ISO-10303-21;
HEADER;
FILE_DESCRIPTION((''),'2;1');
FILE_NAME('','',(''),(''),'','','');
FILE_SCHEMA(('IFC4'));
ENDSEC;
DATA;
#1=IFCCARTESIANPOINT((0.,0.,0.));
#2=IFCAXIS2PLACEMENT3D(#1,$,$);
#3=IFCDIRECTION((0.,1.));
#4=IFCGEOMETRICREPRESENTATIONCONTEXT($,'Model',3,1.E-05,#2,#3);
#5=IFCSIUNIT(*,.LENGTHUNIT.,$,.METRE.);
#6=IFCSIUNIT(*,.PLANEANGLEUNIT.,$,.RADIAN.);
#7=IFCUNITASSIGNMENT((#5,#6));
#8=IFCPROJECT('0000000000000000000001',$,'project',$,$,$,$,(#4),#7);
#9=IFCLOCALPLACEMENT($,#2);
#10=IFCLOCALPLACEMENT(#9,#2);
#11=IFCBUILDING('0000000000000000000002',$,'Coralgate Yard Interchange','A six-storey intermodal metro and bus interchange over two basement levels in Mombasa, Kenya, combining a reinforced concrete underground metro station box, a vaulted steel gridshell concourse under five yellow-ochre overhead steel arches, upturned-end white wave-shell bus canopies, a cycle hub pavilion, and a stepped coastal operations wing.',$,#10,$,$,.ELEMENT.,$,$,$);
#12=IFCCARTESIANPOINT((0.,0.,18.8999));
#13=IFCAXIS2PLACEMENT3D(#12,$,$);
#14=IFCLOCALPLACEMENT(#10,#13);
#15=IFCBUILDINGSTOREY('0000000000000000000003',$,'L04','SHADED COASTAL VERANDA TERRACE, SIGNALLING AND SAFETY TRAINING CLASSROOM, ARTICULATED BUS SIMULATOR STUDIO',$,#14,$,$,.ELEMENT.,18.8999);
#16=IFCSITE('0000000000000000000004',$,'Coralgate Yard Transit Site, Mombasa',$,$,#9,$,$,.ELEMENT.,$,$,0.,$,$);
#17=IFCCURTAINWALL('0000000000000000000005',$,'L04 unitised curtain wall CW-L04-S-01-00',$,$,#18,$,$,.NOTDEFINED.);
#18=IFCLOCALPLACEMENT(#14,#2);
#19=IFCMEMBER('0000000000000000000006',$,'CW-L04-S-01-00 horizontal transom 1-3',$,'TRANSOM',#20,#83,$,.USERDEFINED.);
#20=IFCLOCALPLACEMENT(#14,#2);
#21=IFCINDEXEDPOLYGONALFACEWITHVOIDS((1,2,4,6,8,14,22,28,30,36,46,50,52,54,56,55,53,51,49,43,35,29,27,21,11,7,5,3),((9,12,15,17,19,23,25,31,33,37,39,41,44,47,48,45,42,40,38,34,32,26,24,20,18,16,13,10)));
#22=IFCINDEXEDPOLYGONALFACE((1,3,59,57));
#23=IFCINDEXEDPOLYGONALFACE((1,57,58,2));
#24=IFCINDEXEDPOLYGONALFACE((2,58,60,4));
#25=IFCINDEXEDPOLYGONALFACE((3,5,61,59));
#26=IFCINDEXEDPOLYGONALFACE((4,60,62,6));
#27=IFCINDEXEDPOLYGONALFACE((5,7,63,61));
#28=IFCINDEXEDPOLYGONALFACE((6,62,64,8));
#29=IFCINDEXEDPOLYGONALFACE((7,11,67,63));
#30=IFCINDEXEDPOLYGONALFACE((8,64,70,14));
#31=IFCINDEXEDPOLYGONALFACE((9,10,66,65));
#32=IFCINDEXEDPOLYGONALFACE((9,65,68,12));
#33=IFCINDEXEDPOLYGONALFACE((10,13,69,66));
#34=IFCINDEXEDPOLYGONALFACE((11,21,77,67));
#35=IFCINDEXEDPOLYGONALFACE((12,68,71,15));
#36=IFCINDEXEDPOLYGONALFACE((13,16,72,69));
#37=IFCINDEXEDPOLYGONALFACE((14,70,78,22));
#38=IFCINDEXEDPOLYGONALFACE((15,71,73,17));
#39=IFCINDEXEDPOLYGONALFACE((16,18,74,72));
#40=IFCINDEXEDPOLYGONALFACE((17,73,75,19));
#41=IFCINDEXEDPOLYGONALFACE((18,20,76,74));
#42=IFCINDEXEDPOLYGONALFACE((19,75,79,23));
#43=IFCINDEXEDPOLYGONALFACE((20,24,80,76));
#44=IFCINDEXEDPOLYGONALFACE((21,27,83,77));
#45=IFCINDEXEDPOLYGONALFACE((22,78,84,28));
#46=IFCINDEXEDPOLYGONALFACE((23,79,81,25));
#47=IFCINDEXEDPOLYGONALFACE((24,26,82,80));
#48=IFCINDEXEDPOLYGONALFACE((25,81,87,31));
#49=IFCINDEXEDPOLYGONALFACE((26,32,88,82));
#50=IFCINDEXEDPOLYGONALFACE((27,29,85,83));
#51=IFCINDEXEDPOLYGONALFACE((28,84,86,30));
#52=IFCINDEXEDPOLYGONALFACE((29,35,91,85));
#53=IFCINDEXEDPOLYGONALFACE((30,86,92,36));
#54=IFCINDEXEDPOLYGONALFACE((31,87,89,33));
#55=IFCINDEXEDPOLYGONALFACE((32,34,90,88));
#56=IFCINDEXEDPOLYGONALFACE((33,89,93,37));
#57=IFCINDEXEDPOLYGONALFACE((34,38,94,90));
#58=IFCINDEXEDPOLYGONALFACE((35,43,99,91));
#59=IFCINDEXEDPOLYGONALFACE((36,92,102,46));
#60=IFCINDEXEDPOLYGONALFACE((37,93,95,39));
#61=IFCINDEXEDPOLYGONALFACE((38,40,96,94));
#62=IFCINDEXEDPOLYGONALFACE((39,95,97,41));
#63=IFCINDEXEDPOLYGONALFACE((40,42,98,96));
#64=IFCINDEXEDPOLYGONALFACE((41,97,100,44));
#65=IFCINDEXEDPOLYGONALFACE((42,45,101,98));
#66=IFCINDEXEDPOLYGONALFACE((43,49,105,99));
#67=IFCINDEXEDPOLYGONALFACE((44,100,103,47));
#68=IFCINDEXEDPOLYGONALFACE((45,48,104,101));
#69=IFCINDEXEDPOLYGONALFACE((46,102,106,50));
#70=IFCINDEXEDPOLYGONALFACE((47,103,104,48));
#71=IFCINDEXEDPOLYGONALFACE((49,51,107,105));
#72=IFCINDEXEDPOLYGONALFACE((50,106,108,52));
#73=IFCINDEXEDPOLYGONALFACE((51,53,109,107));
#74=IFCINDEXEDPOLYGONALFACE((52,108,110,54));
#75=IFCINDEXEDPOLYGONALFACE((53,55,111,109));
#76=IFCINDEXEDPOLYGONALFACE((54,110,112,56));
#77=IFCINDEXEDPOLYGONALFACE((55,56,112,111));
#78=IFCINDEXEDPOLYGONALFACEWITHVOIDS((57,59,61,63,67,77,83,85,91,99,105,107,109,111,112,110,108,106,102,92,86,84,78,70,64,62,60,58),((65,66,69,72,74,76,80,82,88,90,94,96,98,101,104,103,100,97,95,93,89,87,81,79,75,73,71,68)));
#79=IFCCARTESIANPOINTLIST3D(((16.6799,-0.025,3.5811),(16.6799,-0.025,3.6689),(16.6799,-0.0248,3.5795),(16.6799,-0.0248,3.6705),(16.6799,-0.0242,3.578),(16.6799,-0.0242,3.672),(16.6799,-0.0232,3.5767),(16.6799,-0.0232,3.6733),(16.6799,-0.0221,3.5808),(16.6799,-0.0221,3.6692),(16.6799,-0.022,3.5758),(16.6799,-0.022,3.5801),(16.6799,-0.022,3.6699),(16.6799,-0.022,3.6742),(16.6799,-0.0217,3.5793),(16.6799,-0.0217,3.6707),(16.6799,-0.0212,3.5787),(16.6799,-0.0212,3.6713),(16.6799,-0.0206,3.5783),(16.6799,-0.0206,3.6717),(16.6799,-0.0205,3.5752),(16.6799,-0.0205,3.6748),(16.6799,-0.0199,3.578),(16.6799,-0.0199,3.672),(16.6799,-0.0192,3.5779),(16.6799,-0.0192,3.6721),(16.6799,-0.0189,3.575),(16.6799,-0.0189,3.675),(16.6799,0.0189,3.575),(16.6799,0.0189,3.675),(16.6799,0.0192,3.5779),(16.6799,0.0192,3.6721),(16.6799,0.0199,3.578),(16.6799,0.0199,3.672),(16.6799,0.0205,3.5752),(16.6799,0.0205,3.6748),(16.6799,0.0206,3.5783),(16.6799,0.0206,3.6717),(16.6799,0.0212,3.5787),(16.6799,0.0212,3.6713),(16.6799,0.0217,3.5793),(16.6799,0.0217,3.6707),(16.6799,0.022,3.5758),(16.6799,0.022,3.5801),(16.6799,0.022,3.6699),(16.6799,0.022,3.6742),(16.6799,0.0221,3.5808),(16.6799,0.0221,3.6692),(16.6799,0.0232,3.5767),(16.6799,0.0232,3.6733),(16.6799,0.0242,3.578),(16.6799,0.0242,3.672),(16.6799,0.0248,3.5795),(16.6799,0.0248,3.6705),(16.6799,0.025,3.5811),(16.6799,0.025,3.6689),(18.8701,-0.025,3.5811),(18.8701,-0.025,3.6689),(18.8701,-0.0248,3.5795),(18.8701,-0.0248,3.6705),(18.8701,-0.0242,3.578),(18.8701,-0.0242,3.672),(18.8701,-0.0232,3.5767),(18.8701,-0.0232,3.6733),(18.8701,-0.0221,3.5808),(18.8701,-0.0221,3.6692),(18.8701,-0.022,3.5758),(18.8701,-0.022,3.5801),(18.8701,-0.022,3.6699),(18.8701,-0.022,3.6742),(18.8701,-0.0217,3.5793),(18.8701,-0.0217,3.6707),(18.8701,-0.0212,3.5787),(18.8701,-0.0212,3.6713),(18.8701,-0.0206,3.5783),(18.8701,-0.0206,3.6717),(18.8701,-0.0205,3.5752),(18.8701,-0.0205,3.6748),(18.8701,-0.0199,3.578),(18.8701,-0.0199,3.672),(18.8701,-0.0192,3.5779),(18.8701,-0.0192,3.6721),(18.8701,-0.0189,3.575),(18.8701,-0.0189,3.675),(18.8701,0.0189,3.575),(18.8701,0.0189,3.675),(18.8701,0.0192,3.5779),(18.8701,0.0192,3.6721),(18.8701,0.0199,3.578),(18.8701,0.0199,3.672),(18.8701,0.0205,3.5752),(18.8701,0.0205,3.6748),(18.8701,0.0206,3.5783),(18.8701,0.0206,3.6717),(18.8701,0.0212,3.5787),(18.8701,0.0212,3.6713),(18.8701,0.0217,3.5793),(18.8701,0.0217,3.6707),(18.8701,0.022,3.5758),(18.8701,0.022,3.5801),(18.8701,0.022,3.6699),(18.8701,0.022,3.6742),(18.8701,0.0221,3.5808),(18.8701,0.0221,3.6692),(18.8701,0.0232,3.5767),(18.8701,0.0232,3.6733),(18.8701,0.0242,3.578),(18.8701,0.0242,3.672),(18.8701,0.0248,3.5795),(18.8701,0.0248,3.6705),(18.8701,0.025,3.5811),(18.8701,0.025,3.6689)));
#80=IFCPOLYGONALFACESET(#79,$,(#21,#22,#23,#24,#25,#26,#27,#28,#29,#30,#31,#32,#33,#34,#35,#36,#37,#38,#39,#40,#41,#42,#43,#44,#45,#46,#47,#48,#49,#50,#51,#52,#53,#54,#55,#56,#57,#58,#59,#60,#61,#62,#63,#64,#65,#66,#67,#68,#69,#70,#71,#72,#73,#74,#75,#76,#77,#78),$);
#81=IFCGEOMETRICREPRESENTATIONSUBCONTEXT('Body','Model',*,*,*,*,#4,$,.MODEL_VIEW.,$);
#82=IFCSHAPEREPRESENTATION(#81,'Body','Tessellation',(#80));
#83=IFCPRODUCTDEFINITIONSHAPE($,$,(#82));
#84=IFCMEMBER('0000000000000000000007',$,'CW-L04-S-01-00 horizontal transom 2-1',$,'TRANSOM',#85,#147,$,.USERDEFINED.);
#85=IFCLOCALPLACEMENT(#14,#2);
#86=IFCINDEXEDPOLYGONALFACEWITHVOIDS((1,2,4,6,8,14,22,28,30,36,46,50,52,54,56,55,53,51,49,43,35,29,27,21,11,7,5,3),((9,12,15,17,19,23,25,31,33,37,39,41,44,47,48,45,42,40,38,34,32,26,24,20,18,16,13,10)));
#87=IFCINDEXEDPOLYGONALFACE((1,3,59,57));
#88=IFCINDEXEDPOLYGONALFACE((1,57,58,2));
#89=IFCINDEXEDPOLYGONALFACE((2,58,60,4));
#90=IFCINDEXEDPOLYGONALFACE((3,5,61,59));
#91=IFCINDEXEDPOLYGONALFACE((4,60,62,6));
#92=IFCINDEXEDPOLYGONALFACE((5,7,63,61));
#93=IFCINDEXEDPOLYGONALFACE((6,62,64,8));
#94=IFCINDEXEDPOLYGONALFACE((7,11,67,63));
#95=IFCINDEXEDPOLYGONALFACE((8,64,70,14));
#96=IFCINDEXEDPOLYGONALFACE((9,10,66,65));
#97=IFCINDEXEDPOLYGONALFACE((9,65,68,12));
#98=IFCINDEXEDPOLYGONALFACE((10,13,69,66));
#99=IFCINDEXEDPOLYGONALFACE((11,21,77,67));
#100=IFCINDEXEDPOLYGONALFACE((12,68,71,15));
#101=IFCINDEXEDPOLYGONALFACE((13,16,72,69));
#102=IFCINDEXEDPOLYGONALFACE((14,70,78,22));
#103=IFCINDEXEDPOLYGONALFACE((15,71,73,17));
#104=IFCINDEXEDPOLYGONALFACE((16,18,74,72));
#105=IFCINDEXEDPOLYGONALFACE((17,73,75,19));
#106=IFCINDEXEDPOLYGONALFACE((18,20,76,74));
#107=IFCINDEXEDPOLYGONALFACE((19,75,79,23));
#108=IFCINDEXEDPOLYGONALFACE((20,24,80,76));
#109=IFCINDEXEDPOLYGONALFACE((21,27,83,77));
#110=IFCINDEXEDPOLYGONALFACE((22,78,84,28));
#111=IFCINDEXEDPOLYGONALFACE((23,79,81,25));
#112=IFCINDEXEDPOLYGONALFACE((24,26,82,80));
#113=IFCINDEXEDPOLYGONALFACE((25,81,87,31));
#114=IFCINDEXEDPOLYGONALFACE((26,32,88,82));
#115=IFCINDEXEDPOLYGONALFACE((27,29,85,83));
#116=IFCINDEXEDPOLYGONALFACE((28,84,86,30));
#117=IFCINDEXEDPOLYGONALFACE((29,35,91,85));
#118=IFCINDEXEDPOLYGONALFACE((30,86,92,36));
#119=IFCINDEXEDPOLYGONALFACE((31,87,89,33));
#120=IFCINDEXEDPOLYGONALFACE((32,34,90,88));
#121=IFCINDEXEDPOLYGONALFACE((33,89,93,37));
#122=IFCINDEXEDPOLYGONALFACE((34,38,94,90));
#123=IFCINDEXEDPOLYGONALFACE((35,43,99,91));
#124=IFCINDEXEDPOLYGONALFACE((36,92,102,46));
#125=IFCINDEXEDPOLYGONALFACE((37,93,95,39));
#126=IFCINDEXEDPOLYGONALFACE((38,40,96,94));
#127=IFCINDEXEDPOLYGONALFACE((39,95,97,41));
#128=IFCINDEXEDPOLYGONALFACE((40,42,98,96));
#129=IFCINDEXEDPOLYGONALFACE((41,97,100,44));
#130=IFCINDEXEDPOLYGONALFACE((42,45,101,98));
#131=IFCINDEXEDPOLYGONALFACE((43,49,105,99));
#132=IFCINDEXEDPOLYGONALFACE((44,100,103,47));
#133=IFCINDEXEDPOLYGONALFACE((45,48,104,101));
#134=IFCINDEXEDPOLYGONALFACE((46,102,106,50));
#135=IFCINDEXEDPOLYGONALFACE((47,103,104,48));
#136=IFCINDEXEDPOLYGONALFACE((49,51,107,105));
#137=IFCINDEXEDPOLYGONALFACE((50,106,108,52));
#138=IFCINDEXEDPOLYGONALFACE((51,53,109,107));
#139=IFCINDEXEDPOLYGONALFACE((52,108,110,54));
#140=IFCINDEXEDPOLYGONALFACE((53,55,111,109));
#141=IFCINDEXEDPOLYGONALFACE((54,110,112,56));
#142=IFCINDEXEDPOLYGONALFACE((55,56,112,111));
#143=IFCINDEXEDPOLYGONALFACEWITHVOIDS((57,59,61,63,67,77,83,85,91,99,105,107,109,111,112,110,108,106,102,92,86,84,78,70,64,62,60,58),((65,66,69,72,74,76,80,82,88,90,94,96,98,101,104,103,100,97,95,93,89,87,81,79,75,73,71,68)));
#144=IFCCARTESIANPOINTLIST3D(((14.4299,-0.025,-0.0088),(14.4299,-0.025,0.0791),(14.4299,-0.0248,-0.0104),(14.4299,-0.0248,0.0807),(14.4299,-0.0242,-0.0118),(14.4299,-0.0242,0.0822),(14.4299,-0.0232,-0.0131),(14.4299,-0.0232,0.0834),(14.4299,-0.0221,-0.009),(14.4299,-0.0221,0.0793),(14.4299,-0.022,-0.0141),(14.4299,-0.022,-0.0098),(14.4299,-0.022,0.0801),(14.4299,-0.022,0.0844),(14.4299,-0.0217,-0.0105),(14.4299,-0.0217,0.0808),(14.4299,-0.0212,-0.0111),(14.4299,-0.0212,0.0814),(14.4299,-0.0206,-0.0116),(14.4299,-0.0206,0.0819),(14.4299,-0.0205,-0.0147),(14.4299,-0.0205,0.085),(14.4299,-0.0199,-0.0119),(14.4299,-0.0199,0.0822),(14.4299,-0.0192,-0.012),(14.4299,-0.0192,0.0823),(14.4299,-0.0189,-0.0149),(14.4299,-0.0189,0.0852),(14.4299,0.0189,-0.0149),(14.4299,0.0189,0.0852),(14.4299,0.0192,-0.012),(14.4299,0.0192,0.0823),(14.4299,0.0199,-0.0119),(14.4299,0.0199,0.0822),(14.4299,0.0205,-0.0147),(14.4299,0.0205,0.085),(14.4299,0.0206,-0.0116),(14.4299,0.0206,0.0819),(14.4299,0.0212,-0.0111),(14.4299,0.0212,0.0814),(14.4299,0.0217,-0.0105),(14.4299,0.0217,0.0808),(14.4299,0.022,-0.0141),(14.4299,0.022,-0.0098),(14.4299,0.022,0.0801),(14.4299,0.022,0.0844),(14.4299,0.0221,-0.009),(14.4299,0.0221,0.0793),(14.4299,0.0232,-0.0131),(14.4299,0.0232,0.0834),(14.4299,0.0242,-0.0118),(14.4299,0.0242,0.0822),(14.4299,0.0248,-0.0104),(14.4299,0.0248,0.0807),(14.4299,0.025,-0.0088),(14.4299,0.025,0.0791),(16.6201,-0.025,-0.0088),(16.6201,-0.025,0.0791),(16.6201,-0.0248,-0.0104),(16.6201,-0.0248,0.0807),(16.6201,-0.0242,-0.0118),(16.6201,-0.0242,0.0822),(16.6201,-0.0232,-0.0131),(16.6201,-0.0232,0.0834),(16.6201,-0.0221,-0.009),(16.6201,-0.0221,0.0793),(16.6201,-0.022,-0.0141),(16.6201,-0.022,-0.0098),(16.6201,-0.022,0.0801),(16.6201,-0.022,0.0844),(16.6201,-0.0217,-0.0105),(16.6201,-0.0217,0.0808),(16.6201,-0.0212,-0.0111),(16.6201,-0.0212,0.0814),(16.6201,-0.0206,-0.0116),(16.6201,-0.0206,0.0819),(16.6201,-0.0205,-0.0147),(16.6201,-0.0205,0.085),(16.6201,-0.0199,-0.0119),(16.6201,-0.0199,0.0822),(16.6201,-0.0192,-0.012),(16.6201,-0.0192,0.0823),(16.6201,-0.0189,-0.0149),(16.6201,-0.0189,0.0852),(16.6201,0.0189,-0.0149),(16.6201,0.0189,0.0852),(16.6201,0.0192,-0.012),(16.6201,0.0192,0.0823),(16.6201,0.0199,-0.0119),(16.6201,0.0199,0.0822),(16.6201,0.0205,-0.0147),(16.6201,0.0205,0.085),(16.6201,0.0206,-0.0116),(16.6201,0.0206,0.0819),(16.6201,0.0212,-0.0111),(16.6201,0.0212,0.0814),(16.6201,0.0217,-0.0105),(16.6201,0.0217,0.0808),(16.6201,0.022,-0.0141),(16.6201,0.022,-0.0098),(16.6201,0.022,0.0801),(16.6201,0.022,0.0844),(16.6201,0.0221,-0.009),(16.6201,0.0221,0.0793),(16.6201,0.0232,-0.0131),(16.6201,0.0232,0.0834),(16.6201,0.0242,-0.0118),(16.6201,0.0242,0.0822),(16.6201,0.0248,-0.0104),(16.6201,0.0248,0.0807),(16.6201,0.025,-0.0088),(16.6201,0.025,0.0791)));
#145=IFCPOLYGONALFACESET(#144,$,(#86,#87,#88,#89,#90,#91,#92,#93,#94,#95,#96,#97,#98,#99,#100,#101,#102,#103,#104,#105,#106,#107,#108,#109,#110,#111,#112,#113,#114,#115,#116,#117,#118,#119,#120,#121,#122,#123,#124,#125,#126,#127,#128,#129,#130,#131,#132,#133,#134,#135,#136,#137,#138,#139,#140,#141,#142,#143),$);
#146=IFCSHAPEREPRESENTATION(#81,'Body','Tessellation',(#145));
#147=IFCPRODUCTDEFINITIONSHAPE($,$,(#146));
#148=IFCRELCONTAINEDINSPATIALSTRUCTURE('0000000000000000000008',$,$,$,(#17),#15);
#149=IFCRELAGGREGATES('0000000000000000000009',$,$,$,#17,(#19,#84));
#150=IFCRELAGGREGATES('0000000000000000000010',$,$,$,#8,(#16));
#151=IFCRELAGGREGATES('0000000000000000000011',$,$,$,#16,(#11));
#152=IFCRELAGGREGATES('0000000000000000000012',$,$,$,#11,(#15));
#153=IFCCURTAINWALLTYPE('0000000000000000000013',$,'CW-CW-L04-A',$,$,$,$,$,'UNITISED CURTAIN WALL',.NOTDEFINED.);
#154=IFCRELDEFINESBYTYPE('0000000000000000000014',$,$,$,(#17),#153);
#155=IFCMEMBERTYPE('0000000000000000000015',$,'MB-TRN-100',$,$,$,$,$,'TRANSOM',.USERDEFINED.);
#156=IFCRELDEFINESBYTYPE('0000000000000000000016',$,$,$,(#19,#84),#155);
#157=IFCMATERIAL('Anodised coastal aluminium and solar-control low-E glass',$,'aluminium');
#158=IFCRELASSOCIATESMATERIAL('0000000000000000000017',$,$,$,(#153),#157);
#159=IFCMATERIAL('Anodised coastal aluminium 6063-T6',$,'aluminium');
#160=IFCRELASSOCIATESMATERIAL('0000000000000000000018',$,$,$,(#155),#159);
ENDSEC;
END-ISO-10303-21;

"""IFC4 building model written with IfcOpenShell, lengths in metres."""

from ifc_helpers import new_model, si_unit, direction, frame, origin, origin_2d, place, context, subcontext, project, spatial, hollow_rectangle, extrude, material, material_profile, profile_set, type_object, element, aggregate, save


model = new_model("IFC4")

# Units and contexts
model_context = context("Model", 3, precision=1e-05, world=origin(), true_north=direction((0.0, 1.0)))
body_context = subcontext(model_context, "Body", "Model", "MODEL_VIEW")
ifc_project = project(units=[si_unit("LENGTHUNIT", "METRE"), si_unit("PLANEANGLEUNIT", "RADIAN")], contexts=[model_context])

# Site, building, storey
site_placement = place(None, origin())
site = spatial("IfcSite", under=ifc_project, at=site_placement, Name="Coralgate Yard Transit Site, Mombasa", CompositionType="ELEMENT", RefElevation=0.0)
building_placement = place(site_placement, origin())
building = spatial("IfcBuilding", under=site, at=building_placement, Name="Coralgate Yard Interchange", Description="A six-storey intermodal metro and bus interchange over two basement levels in Mombasa, Kenya, combining a reinforced concrete underground metro station box, a vaulted steel gridshell concourse under five yellow-ochre overhead steel arches, upturned-end white wave-shell bus canopies, a cycle hub pavilion, and a stepped coastal operations wing.", CompositionType="ELEMENT")
storey_placement = place(building_placement, frame((0.0, 0.0, 18.8999)))
storey = spatial("IfcBuildingStorey", under=building, at=storey_placement, Name="L04", Description="SHADED COASTAL VERANDA TERRACE, SIGNALLING AND SAFETY TRAINING CLASSROOM, ARTICULATED BUS SIMULATOR STUDIO", CompositionType="ELEMENT", Elevation=18.8999)

# Curtain wall, members
ifc_material_1 = material(Name="Anodised coastal aluminium and solar-control low-E glass", Category="aluminium")
curtain_wall_type = type_object("IfcCurtainWallType", Name="CW-CW-L04-A", ElementType="UNITISED CURTAIN WALL", PredefinedType="NOTDEFINED", material=ifc_material_1)
curtain_wall_placement = place(storey_placement, origin())
curtain_wall = element("IfcCurtainWall", 1, at=curtain_wall_placement, inside=storey, type_object=curtain_wall_type, Name="L04 unitised curtain wall CW-L04-S-01-00", PredefinedType="NOTDEFINED")
ifc_material_2 = material(Name="Anodised coastal aluminium 6063-T6", Category="aluminium")
ifc_material_profile_1 = material_profile(ifc_material_2, hollow_rectangle(XDim=0.05, YDim=0.1001, WallThickness=0.0029, InnerFilletRadius=0.0029, OuterFilletRadius=0.0061, at=origin_2d()), Name="ALU 50x100x3")
ifc_profile_set_1 = profile_set([ifc_material_profile_1], Name="Anodised coastal aluminium 6063-T6")
member_type_1 = type_object("IfcMemberType", Name="MB-TRN-100", ElementType="TRANSOM", PredefinedType="USERDEFINED", material=ifc_profile_set_1)
member_1_placement = place(storey_placement, frame((18.8701, 0.0, 3.625), z_axis=(-1.0, 0.0, 0.0), x_axis=(0.0, -1.0, 0.0)))
member_1 = element("IfcMember", 2, at=member_1_placement, type_object=member_type_1, Name="CW-L04-S-01-00 horizontal transom 1-3", ObjectType="TRANSOM", PredefinedType="USERDEFINED", context=body_context, shape_type="SweptSolid", body=[
    extrude(hollow_rectangle(XDim=0.05, YDim=0.1001, WallThickness=0.0029, InnerFilletRadius=0.0029, OuterFilletRadius=0.0061, at=origin_2d()), origin(), (0.0, 0.0, 1.0), 2.1902),
])
member_2_placement = place(storey_placement, frame((16.6201, 0.0, 0.0352), z_axis=(-1.0, 0.0, 0.0), x_axis=(0.0, -1.0, 0.0)))
member_2 = element("IfcMember", 3, at=member_2_placement, type_object=member_type_1, Name="CW-L04-S-01-00 horizontal transom 2-1", ObjectType="TRANSOM", PredefinedType="USERDEFINED", context=body_context, shape_type="SweptSolid", body=[
    extrude(hollow_rectangle(XDim=0.05, YDim=0.1001, WallThickness=0.0029, InnerFilletRadius=0.0029, OuterFilletRadius=0.0061, at=origin_2d()), origin(), (0.0, 0.0, 1.0), 2.1902),
])
aggregate(curtain_wall, [member_1, member_2])

save(model, "model.ifc")
